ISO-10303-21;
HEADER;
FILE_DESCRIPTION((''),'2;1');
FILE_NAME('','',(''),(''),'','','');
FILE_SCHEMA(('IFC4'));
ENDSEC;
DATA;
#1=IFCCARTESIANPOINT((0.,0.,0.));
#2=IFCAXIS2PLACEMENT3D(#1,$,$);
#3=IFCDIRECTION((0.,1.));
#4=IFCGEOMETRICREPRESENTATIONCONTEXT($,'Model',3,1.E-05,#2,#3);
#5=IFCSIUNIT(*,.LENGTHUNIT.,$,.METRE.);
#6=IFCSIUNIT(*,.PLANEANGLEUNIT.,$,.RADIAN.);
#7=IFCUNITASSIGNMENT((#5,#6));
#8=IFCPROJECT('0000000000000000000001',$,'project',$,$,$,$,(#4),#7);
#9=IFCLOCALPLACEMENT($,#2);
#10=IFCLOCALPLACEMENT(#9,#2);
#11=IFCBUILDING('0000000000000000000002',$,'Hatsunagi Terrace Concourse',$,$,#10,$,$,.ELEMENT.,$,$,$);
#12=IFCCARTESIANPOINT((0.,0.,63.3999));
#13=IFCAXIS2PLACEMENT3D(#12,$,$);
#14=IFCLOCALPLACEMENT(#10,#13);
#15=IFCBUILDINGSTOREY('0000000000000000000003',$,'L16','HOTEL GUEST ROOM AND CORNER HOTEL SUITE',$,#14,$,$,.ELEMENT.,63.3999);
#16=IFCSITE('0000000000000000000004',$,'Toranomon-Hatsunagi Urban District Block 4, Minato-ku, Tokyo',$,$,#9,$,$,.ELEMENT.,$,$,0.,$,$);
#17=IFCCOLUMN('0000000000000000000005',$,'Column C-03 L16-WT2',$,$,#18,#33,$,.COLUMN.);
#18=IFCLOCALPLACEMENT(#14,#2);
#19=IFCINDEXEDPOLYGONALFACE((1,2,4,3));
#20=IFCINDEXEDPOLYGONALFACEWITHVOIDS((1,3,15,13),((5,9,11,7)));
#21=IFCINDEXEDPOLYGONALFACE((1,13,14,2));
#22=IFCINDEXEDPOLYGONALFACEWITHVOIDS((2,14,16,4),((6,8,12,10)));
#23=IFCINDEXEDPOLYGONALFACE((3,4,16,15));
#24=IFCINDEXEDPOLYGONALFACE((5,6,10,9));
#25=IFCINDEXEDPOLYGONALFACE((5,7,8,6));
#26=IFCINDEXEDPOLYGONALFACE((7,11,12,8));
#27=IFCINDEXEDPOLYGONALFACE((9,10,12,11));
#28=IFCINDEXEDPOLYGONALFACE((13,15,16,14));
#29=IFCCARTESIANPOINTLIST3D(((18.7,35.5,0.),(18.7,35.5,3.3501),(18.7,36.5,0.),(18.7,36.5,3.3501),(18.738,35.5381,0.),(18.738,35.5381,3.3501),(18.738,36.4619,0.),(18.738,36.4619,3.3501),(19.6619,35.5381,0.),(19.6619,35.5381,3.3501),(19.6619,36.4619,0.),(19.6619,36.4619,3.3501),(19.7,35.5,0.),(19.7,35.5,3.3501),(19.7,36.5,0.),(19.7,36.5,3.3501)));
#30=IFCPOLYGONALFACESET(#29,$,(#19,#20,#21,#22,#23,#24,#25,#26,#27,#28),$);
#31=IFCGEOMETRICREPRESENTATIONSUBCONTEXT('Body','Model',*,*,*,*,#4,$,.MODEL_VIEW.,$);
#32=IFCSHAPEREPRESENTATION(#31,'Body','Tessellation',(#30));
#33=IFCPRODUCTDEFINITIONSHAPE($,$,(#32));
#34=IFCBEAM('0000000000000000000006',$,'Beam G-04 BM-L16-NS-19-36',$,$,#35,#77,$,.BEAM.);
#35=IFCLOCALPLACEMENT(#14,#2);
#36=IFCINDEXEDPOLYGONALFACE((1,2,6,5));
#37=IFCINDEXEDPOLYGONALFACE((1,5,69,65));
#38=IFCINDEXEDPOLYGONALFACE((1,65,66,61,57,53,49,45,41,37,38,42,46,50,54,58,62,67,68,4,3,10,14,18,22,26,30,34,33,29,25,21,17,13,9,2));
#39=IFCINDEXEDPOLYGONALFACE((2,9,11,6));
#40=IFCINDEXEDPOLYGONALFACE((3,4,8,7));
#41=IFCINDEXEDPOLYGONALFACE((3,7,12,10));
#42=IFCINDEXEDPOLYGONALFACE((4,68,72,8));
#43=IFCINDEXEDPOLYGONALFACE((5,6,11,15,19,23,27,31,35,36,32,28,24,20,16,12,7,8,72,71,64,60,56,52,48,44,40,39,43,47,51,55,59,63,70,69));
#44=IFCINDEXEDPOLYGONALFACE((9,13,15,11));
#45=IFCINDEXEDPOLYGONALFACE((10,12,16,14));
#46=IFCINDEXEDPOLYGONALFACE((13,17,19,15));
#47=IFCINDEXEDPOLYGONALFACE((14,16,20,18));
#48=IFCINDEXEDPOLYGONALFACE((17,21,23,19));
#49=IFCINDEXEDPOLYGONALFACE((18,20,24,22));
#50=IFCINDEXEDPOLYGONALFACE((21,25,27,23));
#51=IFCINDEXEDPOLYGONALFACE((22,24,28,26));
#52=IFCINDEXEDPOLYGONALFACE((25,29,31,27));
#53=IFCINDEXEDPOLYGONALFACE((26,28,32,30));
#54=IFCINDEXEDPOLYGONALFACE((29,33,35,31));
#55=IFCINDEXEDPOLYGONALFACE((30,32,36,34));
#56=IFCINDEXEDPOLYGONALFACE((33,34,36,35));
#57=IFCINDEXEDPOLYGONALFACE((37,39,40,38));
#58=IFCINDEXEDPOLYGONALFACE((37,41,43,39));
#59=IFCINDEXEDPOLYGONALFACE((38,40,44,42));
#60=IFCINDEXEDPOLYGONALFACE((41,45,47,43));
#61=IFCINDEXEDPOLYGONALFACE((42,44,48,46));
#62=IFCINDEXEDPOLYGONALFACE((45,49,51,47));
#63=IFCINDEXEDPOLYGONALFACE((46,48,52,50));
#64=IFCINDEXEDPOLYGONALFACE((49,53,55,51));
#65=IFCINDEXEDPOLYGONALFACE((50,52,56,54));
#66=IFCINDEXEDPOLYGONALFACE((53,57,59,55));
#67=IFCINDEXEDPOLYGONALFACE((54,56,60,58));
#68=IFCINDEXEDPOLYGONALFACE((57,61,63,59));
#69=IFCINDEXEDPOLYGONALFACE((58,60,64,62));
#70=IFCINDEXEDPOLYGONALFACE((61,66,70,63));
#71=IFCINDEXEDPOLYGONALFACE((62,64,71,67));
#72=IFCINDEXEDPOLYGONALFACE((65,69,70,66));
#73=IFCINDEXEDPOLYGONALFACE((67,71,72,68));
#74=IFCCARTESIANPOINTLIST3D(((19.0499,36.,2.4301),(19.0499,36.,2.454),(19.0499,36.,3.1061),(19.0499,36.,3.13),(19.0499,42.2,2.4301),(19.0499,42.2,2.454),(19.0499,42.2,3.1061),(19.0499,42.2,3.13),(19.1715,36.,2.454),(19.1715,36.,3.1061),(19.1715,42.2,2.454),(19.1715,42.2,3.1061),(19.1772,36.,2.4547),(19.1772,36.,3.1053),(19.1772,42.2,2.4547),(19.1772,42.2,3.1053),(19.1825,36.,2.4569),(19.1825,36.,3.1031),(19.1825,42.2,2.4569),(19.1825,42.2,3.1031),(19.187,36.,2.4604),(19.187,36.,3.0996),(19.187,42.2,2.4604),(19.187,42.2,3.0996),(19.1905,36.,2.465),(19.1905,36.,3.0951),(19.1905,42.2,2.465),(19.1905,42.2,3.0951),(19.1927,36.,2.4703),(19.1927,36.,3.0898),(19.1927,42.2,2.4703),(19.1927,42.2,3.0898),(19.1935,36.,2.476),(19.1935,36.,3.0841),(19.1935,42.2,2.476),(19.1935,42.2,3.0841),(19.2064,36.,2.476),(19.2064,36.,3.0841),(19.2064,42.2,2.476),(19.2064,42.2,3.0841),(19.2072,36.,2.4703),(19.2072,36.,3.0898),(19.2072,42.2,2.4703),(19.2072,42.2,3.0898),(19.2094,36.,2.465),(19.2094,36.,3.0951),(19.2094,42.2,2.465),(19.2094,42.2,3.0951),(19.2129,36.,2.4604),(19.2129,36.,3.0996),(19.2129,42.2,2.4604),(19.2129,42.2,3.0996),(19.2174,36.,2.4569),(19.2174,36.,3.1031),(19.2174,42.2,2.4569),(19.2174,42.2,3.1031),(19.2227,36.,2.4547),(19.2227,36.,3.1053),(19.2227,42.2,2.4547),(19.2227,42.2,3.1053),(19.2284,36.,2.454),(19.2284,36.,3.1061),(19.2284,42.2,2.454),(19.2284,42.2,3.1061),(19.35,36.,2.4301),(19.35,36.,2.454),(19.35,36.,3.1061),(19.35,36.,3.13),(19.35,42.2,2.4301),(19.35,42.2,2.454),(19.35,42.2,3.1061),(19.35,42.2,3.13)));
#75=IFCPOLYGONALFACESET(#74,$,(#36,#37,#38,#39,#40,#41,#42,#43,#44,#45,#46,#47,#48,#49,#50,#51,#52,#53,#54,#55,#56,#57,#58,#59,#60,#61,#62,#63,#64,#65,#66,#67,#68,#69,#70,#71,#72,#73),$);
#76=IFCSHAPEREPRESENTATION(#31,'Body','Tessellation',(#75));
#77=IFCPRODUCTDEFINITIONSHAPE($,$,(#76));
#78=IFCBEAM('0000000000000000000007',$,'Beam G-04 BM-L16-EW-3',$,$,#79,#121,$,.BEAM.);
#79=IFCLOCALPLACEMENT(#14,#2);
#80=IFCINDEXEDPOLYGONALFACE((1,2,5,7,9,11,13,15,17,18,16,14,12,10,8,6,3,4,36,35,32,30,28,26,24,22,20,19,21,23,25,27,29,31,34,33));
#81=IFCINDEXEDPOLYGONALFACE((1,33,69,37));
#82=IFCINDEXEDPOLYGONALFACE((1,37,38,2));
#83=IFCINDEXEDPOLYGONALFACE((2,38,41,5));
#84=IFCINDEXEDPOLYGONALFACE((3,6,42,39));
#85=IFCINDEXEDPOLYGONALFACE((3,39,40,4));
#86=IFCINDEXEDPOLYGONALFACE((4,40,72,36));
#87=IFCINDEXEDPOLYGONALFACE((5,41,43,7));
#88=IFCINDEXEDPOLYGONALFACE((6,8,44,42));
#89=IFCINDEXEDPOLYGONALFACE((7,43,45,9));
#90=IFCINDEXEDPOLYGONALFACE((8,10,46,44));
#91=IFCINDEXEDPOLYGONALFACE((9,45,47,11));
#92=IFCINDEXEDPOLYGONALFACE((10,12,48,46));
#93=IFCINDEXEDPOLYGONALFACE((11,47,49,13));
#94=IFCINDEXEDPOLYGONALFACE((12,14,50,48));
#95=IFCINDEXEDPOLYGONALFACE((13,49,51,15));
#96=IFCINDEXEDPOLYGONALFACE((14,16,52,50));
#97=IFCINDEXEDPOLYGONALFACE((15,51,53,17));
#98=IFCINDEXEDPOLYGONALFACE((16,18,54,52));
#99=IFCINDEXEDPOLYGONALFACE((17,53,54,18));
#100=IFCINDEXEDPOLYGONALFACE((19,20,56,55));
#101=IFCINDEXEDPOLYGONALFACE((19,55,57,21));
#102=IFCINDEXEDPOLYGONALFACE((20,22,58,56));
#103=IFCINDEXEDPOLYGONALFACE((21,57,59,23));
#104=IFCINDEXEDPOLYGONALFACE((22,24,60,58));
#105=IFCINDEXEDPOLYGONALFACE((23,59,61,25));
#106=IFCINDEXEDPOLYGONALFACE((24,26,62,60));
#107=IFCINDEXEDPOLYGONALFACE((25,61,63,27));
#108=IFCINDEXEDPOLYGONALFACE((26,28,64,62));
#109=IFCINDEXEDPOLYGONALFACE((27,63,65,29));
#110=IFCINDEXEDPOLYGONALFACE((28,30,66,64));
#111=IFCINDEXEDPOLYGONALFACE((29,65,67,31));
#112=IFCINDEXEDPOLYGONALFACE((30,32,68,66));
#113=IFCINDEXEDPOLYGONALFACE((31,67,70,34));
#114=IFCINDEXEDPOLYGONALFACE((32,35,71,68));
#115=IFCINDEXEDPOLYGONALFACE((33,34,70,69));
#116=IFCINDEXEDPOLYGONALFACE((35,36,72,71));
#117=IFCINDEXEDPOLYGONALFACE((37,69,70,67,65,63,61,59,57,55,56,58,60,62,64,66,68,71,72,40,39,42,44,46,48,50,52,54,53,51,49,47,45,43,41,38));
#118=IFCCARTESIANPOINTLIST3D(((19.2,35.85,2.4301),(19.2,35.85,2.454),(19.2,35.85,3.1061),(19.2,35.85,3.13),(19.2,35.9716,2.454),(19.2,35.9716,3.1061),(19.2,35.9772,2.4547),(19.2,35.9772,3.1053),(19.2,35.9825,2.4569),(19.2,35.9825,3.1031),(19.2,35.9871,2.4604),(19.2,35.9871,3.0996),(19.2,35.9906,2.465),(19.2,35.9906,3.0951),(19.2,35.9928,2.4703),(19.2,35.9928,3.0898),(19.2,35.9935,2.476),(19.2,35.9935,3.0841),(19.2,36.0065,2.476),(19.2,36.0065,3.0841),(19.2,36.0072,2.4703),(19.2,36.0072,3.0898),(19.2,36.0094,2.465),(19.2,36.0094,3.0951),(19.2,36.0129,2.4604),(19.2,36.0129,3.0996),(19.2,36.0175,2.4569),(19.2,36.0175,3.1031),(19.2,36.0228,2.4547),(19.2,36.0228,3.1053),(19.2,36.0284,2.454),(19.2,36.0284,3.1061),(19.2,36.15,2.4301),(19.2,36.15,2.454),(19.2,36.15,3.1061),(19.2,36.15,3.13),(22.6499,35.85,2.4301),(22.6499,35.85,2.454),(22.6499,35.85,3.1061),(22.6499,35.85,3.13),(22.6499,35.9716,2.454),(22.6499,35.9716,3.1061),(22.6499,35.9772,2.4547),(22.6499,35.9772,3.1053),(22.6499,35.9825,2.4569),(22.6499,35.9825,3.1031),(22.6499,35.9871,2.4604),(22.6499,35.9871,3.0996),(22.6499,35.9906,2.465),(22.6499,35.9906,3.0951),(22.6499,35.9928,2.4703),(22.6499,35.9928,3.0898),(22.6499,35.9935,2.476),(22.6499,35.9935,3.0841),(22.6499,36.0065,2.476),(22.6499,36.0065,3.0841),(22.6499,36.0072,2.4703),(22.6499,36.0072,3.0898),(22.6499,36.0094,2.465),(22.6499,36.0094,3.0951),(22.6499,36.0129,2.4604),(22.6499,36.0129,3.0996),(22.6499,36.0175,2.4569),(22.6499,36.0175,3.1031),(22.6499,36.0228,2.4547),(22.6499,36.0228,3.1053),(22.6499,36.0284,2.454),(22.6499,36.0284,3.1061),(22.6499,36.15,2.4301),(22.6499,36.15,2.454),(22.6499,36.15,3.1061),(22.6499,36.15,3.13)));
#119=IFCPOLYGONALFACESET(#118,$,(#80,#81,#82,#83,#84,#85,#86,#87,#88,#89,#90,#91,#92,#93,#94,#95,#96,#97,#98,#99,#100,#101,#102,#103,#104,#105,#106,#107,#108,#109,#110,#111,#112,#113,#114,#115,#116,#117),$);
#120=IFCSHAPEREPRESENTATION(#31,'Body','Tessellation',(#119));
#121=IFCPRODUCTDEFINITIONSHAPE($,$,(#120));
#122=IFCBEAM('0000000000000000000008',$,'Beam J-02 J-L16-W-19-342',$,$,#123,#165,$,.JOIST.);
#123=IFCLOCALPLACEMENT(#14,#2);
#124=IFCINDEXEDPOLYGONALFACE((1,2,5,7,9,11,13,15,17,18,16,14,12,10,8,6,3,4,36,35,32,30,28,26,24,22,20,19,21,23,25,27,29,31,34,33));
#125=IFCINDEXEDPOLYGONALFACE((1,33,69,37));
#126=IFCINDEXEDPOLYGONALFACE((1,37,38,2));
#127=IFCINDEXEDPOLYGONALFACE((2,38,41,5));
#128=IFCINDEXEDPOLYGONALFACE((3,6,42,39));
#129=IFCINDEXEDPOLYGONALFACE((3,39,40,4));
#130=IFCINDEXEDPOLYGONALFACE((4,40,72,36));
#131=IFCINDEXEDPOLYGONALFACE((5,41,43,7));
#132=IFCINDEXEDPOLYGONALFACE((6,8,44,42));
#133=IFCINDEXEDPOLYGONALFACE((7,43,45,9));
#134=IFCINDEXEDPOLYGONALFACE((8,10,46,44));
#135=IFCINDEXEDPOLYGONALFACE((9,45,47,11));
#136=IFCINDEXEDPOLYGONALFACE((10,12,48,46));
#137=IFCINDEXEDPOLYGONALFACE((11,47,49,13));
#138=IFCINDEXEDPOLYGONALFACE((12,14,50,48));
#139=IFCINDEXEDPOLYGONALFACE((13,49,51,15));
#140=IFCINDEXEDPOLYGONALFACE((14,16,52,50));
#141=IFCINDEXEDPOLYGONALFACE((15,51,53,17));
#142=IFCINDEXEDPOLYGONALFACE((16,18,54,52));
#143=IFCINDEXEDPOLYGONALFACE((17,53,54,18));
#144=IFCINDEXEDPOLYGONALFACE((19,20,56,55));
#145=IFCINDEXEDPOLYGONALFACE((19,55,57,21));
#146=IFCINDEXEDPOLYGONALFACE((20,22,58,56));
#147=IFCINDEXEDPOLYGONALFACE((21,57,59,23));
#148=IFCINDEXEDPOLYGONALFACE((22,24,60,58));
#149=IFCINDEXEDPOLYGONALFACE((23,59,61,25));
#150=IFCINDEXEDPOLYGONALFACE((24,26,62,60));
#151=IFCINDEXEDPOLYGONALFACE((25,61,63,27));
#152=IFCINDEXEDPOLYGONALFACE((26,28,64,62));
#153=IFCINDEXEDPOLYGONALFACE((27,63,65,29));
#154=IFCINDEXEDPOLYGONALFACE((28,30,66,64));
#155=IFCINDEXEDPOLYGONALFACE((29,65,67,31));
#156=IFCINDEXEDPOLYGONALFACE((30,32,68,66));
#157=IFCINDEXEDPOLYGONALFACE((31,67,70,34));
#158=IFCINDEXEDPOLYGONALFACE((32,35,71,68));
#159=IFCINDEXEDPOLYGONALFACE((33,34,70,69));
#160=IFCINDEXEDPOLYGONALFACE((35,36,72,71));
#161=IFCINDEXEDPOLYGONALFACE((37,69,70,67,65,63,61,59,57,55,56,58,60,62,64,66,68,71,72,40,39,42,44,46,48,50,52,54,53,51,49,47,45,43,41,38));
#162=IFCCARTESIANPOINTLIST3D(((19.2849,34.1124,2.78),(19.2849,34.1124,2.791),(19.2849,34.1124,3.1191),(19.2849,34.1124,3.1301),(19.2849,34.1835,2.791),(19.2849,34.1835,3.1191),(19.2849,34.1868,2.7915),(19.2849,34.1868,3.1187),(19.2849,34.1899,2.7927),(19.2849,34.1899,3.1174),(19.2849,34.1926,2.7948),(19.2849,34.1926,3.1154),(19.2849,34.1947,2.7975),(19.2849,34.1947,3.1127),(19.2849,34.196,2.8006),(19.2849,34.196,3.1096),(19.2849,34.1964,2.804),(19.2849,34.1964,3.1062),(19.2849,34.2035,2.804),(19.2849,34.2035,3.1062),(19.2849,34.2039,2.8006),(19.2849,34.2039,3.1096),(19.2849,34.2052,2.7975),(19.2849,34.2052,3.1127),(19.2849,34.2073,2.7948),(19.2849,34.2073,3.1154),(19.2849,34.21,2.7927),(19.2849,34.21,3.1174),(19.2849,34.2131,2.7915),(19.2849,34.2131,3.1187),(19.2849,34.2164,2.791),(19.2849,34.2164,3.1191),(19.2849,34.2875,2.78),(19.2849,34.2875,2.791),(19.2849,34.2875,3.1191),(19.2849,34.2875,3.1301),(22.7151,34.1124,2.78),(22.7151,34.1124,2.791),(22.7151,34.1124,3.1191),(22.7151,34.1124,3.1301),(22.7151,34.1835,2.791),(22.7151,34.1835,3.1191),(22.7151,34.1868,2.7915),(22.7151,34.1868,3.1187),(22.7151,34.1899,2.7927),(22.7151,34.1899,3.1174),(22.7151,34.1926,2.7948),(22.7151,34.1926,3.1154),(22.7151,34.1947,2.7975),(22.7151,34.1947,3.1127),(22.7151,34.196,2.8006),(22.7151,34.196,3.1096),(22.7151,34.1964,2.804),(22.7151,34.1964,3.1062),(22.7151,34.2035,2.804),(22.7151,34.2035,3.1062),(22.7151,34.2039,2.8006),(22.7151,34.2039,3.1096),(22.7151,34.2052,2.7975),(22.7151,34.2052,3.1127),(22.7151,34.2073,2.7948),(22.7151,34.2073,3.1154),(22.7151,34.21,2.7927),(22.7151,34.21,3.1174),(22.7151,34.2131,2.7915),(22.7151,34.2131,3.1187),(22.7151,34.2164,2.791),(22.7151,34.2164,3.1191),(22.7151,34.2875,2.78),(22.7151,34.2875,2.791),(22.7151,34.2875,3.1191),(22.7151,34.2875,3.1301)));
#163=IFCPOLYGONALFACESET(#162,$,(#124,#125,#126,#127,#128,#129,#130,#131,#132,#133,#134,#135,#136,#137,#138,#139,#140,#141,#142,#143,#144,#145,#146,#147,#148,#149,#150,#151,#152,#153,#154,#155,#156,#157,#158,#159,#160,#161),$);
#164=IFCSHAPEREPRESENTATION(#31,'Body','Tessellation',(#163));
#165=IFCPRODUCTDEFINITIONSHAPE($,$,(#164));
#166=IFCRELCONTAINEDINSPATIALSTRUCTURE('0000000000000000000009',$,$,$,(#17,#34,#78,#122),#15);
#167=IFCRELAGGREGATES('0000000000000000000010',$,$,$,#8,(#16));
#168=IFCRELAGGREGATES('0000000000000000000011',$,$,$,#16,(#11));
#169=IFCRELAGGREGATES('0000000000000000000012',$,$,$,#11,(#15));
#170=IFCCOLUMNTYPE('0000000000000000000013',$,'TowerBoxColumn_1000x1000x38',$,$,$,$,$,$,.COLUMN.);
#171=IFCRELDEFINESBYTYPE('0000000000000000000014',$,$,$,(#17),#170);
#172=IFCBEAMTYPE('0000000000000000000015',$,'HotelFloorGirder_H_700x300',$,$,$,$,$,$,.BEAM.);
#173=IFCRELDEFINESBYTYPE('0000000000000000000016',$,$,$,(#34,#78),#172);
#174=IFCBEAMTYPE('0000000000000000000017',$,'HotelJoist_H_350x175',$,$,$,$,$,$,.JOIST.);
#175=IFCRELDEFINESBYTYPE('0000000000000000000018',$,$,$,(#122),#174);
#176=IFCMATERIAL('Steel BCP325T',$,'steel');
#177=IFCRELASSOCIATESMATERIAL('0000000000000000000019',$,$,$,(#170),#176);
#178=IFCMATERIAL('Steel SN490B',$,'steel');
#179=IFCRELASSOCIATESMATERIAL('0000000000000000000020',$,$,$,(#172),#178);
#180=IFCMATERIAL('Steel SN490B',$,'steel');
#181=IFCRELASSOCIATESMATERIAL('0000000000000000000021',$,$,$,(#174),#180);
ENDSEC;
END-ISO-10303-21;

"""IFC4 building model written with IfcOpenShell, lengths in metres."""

from ifc_helpers import new_model, si_unit, direction, frame, origin, origin_2d, place, context, subcontext, project, spatial, hollow_rectangle, i_section, extrude, material, material_profile, profile_set, type_object, element, save


model = new_model("IFC4")

# Units and contexts
model_context = context("Model", 3, precision=1e-05, world=origin(), true_north=direction((0.0, 1.0)))
body_context = subcontext(model_context, "Body", "Model", "MODEL_VIEW")
ifc_project = project(units=[si_unit("LENGTHUNIT", "METRE"), si_unit("PLANEANGLEUNIT", "RADIAN")], contexts=[model_context])

# Site, building, storey
site_placement = place(None, origin())
site = spatial("IfcSite", under=ifc_project, at=site_placement, Name="Toranomon-Hatsunagi Urban District Block 4, Minato-ku, Tokyo", CompositionType="ELEMENT", RefElevation=0.0)
building_placement = place(site_placement, origin())
building = spatial("IfcBuilding", under=site, at=building_placement, Name="Hatsunagi Terrace Concourse", CompositionType="ELEMENT")
storey_placement = place(building_placement, frame((0.0, 0.0, 63.3999)))
storey = spatial("IfcBuildingStorey", under=building, at=storey_placement, Name="L16", Description="HOTEL GUEST ROOM AND CORNER HOTEL SUITE", CompositionType="ELEMENT", Elevation=63.3999)

# Column
ifc_material_1 = material(Name="Steel BCP325T", Category="steel")
ifc_material_profile_1 = material_profile(ifc_material_1, hollow_rectangle(XDim=1.0, YDim=1.0, WallThickness=0.0381, at=origin_2d()), Name="BCP-1000x1000x38")
ifc_profile_set_1 = profile_set([ifc_material_profile_1], Name="Steel BCP325T")
column_type = type_object("IfcColumnType", Name="TowerBoxColumn_1000x1000x38", PredefinedType="COLUMN", material=ifc_profile_set_1)
column_placement = place(storey_placement, frame((19.2, 36.0, 0.0), z_axis=(0.0, 0.0, 1.0), x_axis=(1.0, 0.0, 0.0)))
element("IfcColumn", 1, at=column_placement, inside=storey, type_object=column_type, Name="Column C-03 L16-WT2", PredefinedType="COLUMN", context=body_context, shape_type="SweptSolid", body=[
    extrude(hollow_rectangle(XDim=1.0, YDim=1.0, WallThickness=0.0381, at=origin_2d()), origin(), (0.0, 0.0, 1.0), 3.3501),
])

# Beams
ifc_material_2 = material(Name="Steel SN490B", Category="steel")
ifc_material_profile_2 = material_profile(ifc_material_2, i_section(OverallWidth=0.3, OverallDepth=0.7, WebThickness=0.0129, FlangeThickness=0.0239, FilletRadius=0.022, at=origin_2d()), Name="H-700x300x13x24")
ifc_profile_set_2 = profile_set([ifc_material_profile_2], Name="Steel SN490B")
beam_type_1 = type_object("IfcBeamType", Name="HotelFloorGirder_H_700x300", PredefinedType="BEAM", material=ifc_profile_set_2)
beam_1_placement = place(storey_placement, frame((19.2, 36.0, 2.78), z_axis=(0.0, 1.0, 0.0), x_axis=(-1.0, 0.0, 0.0)))
element("IfcBeam", 2, at=beam_1_placement, inside=storey, type_object=beam_type_1, Name="Beam G-04 BM-L16-NS-19-36", PredefinedType="BEAM", context=body_context, shape_type="SweptSolid", body=[
    extrude(i_section(OverallWidth=0.3, OverallDepth=0.7, WebThickness=0.0129, FlangeThickness=0.0239, FilletRadius=0.022, at=origin_2d()), origin(), (0.0, 0.0, 1.0), 6.2),
])
beam_2_placement = place(storey_placement, frame((19.2, 36.0, 2.78), z_axis=(1.0, 0.0, 0.0), x_axis=(0.0, 1.0, 0.0)))
element("IfcBeam", 3, at=beam_2_placement, inside=storey, type_object=beam_type_1, Name="Beam G-04 BM-L16-EW-3", PredefinedType="BEAM", context=body_context, shape_type="SweptSolid", body=[
    extrude(i_section(OverallWidth=0.3, OverallDepth=0.7, WebThickness=0.0129, FlangeThickness=0.0239, FilletRadius=0.022, at=origin_2d()), origin(), (0.0, 0.0, 1.0), 3.45),
])
ifc_material_3 = material(Name="Steel SN490B", Category="steel")
ifc_material_profile_3 = material_profile(ifc_material_3, i_section(OverallWidth=0.175, OverallDepth=0.3501, WebThickness=0.0071, FlangeThickness=0.011, FilletRadius=0.0129, at=origin_2d()), Name="H-350x175x7x11")
ifc_profile_set_3 = profile_set([ifc_material_profile_3], Name="Steel SN490B")
beam_type_2 = type_object("IfcBeamType", Name="HotelJoist_H_350x175", PredefinedType="JOIST", material=ifc_profile_set_3)
beam_3_placement = place(storey_placement, frame((19.2849, 34.2, 2.9551), z_axis=(1.0, 0.0, 0.0), x_axis=(0.0, 1.0, 0.0)))
element("IfcBeam", 4, at=beam_3_placement, inside=storey, type_object=beam_type_2, Name="Beam J-02 J-L16-W-19-342", PredefinedType="JOIST", context=body_context, shape_type="SweptSolid", body=[
    extrude(i_section(OverallWidth=0.175, OverallDepth=0.3501, WebThickness=0.0071, FlangeThickness=0.011, FilletRadius=0.0129, at=origin_2d()), origin(), (0.0, 0.0, 1.0), 3.4302),
])

save(model, "model.ifc")
